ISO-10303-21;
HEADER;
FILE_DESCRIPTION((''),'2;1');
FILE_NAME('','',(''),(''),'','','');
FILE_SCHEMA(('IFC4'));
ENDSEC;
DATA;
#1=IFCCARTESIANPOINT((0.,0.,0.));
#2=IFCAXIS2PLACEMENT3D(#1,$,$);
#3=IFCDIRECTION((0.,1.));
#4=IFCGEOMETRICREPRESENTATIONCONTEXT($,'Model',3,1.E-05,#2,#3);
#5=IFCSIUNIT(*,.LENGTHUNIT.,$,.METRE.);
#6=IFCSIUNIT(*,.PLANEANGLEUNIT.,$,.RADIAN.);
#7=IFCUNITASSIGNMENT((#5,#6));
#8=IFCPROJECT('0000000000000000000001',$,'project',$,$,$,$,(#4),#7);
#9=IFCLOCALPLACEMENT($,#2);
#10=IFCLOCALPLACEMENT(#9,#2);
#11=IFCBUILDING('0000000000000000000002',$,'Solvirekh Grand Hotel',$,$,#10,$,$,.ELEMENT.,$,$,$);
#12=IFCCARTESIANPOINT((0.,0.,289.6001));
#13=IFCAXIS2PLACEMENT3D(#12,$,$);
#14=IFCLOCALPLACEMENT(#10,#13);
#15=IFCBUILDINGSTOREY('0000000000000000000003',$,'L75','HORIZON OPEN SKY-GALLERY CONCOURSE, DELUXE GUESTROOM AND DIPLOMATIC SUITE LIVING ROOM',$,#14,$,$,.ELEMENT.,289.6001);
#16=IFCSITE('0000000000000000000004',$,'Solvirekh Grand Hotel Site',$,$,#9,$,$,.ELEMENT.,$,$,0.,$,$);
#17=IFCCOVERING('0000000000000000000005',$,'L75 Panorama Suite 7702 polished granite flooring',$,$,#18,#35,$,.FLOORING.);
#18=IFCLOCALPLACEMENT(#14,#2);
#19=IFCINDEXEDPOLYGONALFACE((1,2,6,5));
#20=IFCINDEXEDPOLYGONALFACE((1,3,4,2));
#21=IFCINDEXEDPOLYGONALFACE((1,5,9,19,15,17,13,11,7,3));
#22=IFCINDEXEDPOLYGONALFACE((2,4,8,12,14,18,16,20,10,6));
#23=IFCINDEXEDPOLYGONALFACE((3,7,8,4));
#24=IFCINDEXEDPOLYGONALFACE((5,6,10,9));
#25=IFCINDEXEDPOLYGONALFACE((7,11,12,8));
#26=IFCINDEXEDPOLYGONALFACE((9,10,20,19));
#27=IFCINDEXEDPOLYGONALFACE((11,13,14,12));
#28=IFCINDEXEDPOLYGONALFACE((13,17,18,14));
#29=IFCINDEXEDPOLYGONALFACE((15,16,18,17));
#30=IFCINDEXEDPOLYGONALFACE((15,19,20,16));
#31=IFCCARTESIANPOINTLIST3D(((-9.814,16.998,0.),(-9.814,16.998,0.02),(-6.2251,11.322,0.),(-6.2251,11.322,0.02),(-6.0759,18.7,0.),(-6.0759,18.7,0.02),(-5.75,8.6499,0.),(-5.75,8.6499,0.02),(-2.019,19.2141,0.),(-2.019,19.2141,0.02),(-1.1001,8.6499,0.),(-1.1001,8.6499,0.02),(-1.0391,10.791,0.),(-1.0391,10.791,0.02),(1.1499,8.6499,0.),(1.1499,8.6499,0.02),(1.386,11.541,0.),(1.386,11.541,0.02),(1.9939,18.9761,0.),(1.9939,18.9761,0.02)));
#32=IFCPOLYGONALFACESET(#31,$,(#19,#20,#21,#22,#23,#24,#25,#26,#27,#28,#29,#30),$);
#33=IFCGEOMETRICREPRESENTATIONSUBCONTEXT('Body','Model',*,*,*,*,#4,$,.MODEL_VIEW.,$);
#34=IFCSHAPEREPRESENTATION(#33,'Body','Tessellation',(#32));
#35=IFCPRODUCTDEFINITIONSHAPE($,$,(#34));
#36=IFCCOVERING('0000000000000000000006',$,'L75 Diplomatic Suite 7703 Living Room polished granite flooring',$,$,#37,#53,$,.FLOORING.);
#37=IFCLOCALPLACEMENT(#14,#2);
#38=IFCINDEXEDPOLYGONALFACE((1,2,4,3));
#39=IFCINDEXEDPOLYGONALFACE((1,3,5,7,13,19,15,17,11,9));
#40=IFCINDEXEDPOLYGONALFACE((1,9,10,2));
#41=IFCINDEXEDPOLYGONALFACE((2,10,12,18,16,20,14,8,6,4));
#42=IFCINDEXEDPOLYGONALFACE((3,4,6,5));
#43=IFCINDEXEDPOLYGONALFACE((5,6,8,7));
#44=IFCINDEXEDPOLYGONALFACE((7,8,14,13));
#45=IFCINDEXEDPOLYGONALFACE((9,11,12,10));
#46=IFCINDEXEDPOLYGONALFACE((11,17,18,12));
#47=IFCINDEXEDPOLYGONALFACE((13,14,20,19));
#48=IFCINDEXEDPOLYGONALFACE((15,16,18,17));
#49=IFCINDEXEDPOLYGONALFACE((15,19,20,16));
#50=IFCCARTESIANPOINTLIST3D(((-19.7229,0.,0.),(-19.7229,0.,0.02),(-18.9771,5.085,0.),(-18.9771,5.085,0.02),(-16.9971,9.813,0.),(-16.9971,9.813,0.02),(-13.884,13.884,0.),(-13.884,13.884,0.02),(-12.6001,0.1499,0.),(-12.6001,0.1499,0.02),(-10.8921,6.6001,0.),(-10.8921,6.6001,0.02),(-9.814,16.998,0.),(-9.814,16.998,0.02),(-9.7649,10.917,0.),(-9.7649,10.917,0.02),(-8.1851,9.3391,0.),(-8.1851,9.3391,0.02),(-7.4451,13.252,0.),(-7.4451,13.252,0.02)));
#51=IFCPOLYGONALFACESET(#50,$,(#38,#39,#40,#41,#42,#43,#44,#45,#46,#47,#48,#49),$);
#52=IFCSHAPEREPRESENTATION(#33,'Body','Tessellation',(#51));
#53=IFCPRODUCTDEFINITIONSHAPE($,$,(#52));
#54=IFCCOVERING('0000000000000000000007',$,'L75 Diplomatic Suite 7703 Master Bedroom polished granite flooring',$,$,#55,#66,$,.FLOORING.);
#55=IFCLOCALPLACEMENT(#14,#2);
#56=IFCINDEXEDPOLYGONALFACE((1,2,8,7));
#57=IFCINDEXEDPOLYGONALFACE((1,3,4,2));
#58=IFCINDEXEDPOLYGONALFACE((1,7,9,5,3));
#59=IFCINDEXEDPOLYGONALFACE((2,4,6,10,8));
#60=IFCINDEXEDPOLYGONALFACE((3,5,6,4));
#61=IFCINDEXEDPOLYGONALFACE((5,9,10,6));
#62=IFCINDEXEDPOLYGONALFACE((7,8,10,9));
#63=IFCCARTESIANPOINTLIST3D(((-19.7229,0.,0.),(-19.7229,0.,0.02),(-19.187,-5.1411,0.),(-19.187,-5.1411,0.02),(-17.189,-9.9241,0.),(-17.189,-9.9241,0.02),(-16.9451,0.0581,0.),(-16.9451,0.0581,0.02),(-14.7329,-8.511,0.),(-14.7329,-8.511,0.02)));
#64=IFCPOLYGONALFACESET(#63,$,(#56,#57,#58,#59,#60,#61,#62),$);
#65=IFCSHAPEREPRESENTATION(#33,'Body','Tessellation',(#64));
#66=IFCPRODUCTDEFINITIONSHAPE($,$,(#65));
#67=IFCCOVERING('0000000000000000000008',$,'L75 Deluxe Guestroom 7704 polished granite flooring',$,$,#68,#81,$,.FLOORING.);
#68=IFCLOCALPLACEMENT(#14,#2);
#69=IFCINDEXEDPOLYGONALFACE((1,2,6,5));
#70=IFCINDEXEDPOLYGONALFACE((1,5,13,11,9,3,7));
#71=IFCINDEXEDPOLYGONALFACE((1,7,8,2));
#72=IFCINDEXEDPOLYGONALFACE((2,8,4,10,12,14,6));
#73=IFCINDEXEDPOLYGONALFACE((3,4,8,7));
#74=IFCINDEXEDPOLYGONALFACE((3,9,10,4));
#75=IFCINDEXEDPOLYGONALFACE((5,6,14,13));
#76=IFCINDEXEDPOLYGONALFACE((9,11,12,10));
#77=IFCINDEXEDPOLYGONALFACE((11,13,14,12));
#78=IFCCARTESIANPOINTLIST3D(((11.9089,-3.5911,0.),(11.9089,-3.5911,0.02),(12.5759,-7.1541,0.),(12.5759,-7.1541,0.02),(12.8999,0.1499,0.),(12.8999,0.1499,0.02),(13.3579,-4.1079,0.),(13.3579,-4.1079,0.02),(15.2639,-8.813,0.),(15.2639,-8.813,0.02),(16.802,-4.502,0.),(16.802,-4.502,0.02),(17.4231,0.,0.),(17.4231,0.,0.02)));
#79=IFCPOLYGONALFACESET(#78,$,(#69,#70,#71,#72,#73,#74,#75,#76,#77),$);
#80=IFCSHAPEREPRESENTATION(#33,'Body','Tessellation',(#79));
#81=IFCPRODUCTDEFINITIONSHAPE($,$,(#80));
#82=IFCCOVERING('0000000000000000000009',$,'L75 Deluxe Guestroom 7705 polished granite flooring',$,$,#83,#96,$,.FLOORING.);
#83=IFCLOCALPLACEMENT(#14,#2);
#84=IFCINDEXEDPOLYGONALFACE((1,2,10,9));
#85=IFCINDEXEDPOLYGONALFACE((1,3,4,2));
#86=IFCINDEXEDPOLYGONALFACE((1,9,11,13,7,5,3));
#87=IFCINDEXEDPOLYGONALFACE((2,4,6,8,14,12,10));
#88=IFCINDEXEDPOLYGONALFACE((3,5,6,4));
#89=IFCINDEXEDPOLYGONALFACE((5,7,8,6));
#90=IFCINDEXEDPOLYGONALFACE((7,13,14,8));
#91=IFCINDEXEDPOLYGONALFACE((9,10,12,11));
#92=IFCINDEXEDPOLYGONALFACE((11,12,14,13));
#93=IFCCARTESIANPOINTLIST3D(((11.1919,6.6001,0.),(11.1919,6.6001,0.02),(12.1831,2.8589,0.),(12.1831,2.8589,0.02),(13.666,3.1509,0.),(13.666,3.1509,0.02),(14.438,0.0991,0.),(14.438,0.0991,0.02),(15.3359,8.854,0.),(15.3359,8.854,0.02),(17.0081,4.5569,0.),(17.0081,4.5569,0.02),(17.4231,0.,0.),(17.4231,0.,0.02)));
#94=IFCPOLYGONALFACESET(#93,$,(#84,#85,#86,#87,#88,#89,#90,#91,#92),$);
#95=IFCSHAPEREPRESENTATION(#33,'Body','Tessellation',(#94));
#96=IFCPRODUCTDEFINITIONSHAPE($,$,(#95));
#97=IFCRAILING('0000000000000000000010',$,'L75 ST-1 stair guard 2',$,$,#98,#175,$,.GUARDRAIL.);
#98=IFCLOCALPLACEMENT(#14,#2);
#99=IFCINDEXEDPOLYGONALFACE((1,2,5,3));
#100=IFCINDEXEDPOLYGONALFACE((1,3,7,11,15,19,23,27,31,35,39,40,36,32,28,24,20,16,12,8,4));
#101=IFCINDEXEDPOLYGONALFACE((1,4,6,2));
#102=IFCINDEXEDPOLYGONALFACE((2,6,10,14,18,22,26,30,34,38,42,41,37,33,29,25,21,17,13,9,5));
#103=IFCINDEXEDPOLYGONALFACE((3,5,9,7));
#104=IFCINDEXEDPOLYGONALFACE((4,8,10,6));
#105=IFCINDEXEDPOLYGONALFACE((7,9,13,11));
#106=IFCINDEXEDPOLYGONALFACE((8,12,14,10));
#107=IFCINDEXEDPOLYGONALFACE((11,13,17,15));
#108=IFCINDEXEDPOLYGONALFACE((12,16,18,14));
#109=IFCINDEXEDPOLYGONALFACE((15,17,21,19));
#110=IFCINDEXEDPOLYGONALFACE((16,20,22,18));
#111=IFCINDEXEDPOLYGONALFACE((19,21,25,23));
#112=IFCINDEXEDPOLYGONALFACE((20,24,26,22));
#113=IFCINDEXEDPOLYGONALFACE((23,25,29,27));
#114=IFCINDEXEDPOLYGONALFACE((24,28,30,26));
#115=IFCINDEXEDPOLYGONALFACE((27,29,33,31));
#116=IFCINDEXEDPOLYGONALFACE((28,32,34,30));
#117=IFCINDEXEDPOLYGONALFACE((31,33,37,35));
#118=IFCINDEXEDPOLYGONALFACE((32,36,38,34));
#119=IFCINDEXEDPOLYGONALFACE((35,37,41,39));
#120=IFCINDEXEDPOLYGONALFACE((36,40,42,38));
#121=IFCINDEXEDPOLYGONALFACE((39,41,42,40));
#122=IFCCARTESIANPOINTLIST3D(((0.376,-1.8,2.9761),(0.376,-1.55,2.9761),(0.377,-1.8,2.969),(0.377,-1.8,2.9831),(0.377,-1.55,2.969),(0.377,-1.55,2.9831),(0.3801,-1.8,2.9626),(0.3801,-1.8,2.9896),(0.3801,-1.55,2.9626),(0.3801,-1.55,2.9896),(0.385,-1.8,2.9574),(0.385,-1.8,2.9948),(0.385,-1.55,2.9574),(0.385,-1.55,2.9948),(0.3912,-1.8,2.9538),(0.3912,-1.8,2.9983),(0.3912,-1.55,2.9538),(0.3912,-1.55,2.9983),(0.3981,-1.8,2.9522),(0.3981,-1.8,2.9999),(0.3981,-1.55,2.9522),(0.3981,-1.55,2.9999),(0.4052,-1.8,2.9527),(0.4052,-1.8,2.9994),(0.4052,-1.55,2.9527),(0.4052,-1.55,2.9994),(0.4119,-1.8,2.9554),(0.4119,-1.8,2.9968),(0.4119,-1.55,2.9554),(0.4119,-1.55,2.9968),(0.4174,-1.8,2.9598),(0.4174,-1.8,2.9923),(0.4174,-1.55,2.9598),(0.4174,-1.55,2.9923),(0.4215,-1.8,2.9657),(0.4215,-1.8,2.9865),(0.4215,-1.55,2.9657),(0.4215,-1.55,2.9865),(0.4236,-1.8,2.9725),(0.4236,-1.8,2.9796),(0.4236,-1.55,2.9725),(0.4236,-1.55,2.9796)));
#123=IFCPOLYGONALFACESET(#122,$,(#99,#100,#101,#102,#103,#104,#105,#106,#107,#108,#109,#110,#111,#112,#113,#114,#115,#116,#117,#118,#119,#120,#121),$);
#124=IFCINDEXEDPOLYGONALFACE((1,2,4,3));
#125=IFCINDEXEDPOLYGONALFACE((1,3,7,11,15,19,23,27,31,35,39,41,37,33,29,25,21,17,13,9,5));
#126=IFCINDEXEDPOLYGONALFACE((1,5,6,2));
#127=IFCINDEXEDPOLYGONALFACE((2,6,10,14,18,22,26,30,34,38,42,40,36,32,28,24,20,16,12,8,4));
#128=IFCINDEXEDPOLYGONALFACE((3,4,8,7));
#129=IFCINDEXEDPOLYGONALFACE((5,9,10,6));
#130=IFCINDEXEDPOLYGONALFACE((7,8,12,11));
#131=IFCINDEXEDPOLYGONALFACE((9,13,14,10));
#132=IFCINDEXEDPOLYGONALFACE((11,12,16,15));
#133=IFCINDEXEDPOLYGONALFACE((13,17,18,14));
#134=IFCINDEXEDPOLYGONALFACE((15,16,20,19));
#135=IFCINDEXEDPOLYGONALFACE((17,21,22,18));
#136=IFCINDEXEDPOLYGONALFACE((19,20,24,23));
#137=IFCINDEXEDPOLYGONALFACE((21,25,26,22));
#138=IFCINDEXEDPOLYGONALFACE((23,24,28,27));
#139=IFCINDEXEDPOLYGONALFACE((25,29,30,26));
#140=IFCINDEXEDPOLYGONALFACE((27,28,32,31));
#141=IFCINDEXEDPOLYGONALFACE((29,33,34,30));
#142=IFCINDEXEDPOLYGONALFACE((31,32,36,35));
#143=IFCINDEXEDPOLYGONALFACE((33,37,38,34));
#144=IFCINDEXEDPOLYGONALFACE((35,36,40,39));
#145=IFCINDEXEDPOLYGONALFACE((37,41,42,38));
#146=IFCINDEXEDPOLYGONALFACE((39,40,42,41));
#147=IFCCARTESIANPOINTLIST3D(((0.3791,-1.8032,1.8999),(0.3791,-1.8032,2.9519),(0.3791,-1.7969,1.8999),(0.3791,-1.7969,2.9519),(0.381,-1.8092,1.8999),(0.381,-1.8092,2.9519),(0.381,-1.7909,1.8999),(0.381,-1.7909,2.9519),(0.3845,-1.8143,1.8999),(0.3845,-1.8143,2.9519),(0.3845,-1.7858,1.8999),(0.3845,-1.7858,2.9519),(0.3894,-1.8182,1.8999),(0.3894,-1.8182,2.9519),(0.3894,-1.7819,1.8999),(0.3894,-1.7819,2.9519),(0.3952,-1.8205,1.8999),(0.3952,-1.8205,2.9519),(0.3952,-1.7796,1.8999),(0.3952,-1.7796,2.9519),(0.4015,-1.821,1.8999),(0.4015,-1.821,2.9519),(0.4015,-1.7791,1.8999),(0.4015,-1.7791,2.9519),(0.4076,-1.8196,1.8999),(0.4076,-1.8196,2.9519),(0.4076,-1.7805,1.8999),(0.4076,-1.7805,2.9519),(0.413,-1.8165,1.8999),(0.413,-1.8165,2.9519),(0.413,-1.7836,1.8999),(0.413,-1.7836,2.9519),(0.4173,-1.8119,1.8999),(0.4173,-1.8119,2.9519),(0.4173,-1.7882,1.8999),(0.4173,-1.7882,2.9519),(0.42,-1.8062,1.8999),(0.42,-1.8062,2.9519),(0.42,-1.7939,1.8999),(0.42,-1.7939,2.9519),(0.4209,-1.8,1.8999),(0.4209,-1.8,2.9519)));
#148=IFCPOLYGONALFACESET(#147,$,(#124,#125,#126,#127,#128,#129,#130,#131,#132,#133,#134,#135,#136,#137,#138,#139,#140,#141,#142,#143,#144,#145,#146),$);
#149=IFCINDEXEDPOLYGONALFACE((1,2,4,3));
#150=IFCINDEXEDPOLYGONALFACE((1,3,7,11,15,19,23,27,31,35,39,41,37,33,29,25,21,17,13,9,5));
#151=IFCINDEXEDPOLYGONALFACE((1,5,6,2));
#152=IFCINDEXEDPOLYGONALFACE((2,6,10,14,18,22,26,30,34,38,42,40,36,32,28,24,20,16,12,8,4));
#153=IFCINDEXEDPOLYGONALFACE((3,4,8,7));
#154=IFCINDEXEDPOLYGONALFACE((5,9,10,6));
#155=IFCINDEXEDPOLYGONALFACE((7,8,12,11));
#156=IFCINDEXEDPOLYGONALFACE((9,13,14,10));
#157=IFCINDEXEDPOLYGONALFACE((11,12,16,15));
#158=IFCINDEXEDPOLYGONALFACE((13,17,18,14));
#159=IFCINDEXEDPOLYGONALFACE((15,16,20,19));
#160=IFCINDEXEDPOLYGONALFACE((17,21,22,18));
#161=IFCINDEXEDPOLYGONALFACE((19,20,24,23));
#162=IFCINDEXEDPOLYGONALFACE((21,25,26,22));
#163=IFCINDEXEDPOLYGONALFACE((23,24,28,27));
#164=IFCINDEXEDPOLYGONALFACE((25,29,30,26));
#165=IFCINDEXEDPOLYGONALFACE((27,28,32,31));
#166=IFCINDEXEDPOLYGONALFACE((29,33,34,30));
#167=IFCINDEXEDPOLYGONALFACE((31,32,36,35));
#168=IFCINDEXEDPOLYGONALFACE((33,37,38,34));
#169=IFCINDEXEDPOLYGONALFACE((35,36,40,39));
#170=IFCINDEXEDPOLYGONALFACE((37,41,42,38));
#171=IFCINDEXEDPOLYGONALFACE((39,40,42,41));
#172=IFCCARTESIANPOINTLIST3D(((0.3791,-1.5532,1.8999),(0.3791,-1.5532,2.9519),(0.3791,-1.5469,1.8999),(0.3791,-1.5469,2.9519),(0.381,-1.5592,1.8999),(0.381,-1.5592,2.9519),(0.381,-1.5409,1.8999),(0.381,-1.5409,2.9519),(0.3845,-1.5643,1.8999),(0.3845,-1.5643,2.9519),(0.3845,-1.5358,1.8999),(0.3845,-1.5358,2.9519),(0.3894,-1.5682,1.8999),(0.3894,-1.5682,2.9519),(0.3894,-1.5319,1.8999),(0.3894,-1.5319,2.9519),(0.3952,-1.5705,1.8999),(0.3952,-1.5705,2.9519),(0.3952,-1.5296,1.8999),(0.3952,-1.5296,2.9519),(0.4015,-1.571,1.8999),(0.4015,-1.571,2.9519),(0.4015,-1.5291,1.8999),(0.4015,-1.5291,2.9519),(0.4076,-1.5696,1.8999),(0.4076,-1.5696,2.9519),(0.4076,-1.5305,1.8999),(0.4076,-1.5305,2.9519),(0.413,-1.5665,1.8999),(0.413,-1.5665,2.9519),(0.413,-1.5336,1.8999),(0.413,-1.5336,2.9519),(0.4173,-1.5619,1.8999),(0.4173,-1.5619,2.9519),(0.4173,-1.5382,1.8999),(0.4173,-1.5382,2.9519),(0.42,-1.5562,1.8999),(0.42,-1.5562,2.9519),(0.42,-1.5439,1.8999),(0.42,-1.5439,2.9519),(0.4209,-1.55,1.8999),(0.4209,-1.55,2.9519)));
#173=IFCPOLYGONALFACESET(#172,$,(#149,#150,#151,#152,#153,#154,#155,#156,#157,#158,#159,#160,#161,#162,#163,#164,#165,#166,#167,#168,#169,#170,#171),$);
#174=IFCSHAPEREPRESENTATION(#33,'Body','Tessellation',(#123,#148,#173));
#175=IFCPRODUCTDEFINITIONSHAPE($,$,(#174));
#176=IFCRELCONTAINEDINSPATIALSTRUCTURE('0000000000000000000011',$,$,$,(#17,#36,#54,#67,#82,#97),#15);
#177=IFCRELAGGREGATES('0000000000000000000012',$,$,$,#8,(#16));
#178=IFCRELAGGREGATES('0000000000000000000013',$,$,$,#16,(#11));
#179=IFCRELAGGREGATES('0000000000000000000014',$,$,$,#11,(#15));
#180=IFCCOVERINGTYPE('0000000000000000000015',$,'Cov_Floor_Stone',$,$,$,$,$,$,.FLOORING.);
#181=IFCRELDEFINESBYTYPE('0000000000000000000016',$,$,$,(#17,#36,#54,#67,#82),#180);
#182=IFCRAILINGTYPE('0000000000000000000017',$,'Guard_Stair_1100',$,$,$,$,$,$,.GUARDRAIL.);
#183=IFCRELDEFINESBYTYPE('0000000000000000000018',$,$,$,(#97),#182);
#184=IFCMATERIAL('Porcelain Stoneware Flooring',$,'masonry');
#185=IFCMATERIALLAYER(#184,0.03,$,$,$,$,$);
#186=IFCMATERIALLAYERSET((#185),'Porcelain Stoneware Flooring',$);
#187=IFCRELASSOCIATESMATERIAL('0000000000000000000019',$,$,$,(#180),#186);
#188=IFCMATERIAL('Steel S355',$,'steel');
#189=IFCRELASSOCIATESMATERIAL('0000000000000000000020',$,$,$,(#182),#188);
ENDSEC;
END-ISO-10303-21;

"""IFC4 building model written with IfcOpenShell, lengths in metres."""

from ifc_helpers import new_model, si_unit, direction, frame, origin, origin_2d, place, context, subcontext, project, spatial, polyline, circle, outline, extrude, material, layer, layer_set, type_object, element, save


model = new_model("IFC4")

# Units and contexts
model_context = context("Model", 3, precision=1e-05, world=origin(), true_north=direction((0.0, 1.0)))
body_context = subcontext(model_context, "Body", "Model", "MODEL_VIEW")
ifc_project = project(units=[si_unit("LENGTHUNIT", "METRE"), si_unit("PLANEANGLEUNIT", "RADIAN")], contexts=[model_context])

# Site, building, storey
site_placement = place(None, origin())
site = spatial("IfcSite", under=ifc_project, at=site_placement, Name="Solvirekh Grand Hotel Site", CompositionType="ELEMENT", RefElevation=0.0)
building_placement = place(site_placement, origin())
building = spatial("IfcBuilding", under=site, at=building_placement, Name="Solvirekh Grand Hotel", CompositionType="ELEMENT")
storey_placement = place(building_placement, frame((0.0, 0.0, 289.6001)))
storey = spatial("IfcBuildingStorey", under=building, at=storey_placement, Name="L75", Description="HORIZON OPEN SKY-GALLERY CONCOURSE, DELUXE GUESTROOM AND DIPLOMATIC SUITE LIVING ROOM", CompositionType="ELEMENT", Elevation=289.6001)

# Coverings
ifc_material_1 = material(Name="Porcelain Stoneware Flooring", Category="masonry")
ifc_layer_1 = layer(ifc_material_1, 0.03)
ifc_layer_set_1 = layer_set([ifc_layer_1], Name="Porcelain Stoneware Flooring")
covering_type_1 = type_object("IfcCoveringType", Name="Cov_Floor_Stone", PredefinedType="FLOORING", material=ifc_layer_set_1)
covering_1_placement = place(storey_placement, origin())
element("IfcCovering", 1, at=covering_1_placement, inside=storey, type_object=covering_type_1, Name="L75 Panorama Suite 7702 polished granite flooring", PredefinedType="FLOORING", context=body_context, shape_type="SweptSolid", body=[
    extrude(outline(polyline([(-1.1001, 8.6499), (-1.0391, 10.791), (1.386, 11.541), (1.1499, 8.6499), (1.9939, 18.9761), (-2.019, 19.2141), (-6.0759, 18.7), (-9.814, 16.998), (-6.2251, 11.322), (-5.75, 8.6499), (-1.1001, 8.6499)])), origin(), (0.0, 0.0, 1.0), 0.02),
])
covering_2_placement = place(storey_placement, origin())
element("IfcCovering", 2, at=covering_2_placement, inside=storey, type_object=covering_type_1, Name="L75 Diplomatic Suite 7703 Living Room polished granite flooring", PredefinedType="FLOORING", context=body_context, shape_type="SweptSolid", body=[
    extrude(outline(polyline([(-9.7649, 10.917), (-7.4451, 13.252), (-9.814, 16.998), (-13.884, 13.884), (-16.9971, 9.813), (-18.9771, 5.085), (-19.7229, 0.0), (-12.6001, 0.1499), (-10.8921, 6.6001), (-8.1851, 9.3391), (-9.7649, 10.917)])), origin(), (0.0, 0.0, 1.0), 0.02),
])
covering_3_placement = place(storey_placement, origin())
element("IfcCovering", 3, at=covering_3_placement, inside=storey, type_object=covering_type_1, Name="L75 Diplomatic Suite 7703 Master Bedroom polished granite flooring", PredefinedType="FLOORING", context=body_context, shape_type="SweptSolid", body=[
    extrude(outline(polyline([(-19.7229, 0.0), (-19.187, -5.1411), (-17.189, -9.9241), (-14.7329, -8.511), (-16.9451, 0.0581), (-19.7229, 0.0)])), origin(), (0.0, 0.0, 1.0), 0.02),
])
covering_4_placement = place(storey_placement, origin())
element("IfcCovering", 4, at=covering_4_placement, inside=storey, type_object=covering_type_1, Name="L75 Deluxe Guestroom 7704 polished granite flooring", PredefinedType="FLOORING", context=body_context, shape_type="SweptSolid", body=[
    extrude(outline(polyline([(13.3579, -4.1079), (12.5759, -7.1541), (15.2639, -8.813), (16.802, -4.502), (17.4231, 0.0), (12.8999, 0.1499), (11.9089, -3.5911), (13.3579, -4.1079)])), origin(), (0.0, 0.0, 1.0), 0.02),
])
covering_5_placement = place(storey_placement, origin())
element("IfcCovering", 5, at=covering_5_placement, inside=storey, type_object=covering_type_1, Name="L75 Deluxe Guestroom 7705 polished granite flooring", PredefinedType="FLOORING", context=body_context, shape_type="SweptSolid", body=[
    extrude(outline(polyline([(13.666, 3.1509), (14.438, 0.0991), (17.4231, 0.0), (17.0081, 4.5569), (15.3359, 8.854), (11.1919, 6.6001), (12.1831, 2.8589), (13.666, 3.1509)])), origin(), (0.0, 0.0, 1.0), 0.02),
])

# Railing
ifc_material_2 = material(Name="Steel S355", Category="steel")
railing_type_1 = type_object("IfcRailingType", Name="Guard_Stair_1100", PredefinedType="GUARDRAIL", material=ifc_material_2)
railing_1_placement = place(storey_placement, frame((0.3999, -1.8, 1.8999)))
element("IfcRailing", 6, at=railing_1_placement, inside=storey, type_object=railing_type_1, Name="L75 ST-1 stair guard 2", PredefinedType="GUARDRAIL", context=body_context, shape_type="SweptSolid", body=[
    extrude(circle(Radius=0.0239, at=origin_2d()), frame((0.0, 0.0, 1.0762), z_axis=(0.0, 1.0, 0.0), x_axis=(-1.0, 0.0, 0.0)), (0.0, 0.0, 1.0), 0.25),
    extrude(circle(Radius=0.021, at=origin_2d()), origin(), (0.0, 0.0, 1.0), 1.052),
    extrude(circle(Radius=0.021, at=origin_2d()), frame((0.0, 0.25, 0.0)), (0.0, 0.0, 1.0), 1.052),
])

save(model, "model.ifc")
